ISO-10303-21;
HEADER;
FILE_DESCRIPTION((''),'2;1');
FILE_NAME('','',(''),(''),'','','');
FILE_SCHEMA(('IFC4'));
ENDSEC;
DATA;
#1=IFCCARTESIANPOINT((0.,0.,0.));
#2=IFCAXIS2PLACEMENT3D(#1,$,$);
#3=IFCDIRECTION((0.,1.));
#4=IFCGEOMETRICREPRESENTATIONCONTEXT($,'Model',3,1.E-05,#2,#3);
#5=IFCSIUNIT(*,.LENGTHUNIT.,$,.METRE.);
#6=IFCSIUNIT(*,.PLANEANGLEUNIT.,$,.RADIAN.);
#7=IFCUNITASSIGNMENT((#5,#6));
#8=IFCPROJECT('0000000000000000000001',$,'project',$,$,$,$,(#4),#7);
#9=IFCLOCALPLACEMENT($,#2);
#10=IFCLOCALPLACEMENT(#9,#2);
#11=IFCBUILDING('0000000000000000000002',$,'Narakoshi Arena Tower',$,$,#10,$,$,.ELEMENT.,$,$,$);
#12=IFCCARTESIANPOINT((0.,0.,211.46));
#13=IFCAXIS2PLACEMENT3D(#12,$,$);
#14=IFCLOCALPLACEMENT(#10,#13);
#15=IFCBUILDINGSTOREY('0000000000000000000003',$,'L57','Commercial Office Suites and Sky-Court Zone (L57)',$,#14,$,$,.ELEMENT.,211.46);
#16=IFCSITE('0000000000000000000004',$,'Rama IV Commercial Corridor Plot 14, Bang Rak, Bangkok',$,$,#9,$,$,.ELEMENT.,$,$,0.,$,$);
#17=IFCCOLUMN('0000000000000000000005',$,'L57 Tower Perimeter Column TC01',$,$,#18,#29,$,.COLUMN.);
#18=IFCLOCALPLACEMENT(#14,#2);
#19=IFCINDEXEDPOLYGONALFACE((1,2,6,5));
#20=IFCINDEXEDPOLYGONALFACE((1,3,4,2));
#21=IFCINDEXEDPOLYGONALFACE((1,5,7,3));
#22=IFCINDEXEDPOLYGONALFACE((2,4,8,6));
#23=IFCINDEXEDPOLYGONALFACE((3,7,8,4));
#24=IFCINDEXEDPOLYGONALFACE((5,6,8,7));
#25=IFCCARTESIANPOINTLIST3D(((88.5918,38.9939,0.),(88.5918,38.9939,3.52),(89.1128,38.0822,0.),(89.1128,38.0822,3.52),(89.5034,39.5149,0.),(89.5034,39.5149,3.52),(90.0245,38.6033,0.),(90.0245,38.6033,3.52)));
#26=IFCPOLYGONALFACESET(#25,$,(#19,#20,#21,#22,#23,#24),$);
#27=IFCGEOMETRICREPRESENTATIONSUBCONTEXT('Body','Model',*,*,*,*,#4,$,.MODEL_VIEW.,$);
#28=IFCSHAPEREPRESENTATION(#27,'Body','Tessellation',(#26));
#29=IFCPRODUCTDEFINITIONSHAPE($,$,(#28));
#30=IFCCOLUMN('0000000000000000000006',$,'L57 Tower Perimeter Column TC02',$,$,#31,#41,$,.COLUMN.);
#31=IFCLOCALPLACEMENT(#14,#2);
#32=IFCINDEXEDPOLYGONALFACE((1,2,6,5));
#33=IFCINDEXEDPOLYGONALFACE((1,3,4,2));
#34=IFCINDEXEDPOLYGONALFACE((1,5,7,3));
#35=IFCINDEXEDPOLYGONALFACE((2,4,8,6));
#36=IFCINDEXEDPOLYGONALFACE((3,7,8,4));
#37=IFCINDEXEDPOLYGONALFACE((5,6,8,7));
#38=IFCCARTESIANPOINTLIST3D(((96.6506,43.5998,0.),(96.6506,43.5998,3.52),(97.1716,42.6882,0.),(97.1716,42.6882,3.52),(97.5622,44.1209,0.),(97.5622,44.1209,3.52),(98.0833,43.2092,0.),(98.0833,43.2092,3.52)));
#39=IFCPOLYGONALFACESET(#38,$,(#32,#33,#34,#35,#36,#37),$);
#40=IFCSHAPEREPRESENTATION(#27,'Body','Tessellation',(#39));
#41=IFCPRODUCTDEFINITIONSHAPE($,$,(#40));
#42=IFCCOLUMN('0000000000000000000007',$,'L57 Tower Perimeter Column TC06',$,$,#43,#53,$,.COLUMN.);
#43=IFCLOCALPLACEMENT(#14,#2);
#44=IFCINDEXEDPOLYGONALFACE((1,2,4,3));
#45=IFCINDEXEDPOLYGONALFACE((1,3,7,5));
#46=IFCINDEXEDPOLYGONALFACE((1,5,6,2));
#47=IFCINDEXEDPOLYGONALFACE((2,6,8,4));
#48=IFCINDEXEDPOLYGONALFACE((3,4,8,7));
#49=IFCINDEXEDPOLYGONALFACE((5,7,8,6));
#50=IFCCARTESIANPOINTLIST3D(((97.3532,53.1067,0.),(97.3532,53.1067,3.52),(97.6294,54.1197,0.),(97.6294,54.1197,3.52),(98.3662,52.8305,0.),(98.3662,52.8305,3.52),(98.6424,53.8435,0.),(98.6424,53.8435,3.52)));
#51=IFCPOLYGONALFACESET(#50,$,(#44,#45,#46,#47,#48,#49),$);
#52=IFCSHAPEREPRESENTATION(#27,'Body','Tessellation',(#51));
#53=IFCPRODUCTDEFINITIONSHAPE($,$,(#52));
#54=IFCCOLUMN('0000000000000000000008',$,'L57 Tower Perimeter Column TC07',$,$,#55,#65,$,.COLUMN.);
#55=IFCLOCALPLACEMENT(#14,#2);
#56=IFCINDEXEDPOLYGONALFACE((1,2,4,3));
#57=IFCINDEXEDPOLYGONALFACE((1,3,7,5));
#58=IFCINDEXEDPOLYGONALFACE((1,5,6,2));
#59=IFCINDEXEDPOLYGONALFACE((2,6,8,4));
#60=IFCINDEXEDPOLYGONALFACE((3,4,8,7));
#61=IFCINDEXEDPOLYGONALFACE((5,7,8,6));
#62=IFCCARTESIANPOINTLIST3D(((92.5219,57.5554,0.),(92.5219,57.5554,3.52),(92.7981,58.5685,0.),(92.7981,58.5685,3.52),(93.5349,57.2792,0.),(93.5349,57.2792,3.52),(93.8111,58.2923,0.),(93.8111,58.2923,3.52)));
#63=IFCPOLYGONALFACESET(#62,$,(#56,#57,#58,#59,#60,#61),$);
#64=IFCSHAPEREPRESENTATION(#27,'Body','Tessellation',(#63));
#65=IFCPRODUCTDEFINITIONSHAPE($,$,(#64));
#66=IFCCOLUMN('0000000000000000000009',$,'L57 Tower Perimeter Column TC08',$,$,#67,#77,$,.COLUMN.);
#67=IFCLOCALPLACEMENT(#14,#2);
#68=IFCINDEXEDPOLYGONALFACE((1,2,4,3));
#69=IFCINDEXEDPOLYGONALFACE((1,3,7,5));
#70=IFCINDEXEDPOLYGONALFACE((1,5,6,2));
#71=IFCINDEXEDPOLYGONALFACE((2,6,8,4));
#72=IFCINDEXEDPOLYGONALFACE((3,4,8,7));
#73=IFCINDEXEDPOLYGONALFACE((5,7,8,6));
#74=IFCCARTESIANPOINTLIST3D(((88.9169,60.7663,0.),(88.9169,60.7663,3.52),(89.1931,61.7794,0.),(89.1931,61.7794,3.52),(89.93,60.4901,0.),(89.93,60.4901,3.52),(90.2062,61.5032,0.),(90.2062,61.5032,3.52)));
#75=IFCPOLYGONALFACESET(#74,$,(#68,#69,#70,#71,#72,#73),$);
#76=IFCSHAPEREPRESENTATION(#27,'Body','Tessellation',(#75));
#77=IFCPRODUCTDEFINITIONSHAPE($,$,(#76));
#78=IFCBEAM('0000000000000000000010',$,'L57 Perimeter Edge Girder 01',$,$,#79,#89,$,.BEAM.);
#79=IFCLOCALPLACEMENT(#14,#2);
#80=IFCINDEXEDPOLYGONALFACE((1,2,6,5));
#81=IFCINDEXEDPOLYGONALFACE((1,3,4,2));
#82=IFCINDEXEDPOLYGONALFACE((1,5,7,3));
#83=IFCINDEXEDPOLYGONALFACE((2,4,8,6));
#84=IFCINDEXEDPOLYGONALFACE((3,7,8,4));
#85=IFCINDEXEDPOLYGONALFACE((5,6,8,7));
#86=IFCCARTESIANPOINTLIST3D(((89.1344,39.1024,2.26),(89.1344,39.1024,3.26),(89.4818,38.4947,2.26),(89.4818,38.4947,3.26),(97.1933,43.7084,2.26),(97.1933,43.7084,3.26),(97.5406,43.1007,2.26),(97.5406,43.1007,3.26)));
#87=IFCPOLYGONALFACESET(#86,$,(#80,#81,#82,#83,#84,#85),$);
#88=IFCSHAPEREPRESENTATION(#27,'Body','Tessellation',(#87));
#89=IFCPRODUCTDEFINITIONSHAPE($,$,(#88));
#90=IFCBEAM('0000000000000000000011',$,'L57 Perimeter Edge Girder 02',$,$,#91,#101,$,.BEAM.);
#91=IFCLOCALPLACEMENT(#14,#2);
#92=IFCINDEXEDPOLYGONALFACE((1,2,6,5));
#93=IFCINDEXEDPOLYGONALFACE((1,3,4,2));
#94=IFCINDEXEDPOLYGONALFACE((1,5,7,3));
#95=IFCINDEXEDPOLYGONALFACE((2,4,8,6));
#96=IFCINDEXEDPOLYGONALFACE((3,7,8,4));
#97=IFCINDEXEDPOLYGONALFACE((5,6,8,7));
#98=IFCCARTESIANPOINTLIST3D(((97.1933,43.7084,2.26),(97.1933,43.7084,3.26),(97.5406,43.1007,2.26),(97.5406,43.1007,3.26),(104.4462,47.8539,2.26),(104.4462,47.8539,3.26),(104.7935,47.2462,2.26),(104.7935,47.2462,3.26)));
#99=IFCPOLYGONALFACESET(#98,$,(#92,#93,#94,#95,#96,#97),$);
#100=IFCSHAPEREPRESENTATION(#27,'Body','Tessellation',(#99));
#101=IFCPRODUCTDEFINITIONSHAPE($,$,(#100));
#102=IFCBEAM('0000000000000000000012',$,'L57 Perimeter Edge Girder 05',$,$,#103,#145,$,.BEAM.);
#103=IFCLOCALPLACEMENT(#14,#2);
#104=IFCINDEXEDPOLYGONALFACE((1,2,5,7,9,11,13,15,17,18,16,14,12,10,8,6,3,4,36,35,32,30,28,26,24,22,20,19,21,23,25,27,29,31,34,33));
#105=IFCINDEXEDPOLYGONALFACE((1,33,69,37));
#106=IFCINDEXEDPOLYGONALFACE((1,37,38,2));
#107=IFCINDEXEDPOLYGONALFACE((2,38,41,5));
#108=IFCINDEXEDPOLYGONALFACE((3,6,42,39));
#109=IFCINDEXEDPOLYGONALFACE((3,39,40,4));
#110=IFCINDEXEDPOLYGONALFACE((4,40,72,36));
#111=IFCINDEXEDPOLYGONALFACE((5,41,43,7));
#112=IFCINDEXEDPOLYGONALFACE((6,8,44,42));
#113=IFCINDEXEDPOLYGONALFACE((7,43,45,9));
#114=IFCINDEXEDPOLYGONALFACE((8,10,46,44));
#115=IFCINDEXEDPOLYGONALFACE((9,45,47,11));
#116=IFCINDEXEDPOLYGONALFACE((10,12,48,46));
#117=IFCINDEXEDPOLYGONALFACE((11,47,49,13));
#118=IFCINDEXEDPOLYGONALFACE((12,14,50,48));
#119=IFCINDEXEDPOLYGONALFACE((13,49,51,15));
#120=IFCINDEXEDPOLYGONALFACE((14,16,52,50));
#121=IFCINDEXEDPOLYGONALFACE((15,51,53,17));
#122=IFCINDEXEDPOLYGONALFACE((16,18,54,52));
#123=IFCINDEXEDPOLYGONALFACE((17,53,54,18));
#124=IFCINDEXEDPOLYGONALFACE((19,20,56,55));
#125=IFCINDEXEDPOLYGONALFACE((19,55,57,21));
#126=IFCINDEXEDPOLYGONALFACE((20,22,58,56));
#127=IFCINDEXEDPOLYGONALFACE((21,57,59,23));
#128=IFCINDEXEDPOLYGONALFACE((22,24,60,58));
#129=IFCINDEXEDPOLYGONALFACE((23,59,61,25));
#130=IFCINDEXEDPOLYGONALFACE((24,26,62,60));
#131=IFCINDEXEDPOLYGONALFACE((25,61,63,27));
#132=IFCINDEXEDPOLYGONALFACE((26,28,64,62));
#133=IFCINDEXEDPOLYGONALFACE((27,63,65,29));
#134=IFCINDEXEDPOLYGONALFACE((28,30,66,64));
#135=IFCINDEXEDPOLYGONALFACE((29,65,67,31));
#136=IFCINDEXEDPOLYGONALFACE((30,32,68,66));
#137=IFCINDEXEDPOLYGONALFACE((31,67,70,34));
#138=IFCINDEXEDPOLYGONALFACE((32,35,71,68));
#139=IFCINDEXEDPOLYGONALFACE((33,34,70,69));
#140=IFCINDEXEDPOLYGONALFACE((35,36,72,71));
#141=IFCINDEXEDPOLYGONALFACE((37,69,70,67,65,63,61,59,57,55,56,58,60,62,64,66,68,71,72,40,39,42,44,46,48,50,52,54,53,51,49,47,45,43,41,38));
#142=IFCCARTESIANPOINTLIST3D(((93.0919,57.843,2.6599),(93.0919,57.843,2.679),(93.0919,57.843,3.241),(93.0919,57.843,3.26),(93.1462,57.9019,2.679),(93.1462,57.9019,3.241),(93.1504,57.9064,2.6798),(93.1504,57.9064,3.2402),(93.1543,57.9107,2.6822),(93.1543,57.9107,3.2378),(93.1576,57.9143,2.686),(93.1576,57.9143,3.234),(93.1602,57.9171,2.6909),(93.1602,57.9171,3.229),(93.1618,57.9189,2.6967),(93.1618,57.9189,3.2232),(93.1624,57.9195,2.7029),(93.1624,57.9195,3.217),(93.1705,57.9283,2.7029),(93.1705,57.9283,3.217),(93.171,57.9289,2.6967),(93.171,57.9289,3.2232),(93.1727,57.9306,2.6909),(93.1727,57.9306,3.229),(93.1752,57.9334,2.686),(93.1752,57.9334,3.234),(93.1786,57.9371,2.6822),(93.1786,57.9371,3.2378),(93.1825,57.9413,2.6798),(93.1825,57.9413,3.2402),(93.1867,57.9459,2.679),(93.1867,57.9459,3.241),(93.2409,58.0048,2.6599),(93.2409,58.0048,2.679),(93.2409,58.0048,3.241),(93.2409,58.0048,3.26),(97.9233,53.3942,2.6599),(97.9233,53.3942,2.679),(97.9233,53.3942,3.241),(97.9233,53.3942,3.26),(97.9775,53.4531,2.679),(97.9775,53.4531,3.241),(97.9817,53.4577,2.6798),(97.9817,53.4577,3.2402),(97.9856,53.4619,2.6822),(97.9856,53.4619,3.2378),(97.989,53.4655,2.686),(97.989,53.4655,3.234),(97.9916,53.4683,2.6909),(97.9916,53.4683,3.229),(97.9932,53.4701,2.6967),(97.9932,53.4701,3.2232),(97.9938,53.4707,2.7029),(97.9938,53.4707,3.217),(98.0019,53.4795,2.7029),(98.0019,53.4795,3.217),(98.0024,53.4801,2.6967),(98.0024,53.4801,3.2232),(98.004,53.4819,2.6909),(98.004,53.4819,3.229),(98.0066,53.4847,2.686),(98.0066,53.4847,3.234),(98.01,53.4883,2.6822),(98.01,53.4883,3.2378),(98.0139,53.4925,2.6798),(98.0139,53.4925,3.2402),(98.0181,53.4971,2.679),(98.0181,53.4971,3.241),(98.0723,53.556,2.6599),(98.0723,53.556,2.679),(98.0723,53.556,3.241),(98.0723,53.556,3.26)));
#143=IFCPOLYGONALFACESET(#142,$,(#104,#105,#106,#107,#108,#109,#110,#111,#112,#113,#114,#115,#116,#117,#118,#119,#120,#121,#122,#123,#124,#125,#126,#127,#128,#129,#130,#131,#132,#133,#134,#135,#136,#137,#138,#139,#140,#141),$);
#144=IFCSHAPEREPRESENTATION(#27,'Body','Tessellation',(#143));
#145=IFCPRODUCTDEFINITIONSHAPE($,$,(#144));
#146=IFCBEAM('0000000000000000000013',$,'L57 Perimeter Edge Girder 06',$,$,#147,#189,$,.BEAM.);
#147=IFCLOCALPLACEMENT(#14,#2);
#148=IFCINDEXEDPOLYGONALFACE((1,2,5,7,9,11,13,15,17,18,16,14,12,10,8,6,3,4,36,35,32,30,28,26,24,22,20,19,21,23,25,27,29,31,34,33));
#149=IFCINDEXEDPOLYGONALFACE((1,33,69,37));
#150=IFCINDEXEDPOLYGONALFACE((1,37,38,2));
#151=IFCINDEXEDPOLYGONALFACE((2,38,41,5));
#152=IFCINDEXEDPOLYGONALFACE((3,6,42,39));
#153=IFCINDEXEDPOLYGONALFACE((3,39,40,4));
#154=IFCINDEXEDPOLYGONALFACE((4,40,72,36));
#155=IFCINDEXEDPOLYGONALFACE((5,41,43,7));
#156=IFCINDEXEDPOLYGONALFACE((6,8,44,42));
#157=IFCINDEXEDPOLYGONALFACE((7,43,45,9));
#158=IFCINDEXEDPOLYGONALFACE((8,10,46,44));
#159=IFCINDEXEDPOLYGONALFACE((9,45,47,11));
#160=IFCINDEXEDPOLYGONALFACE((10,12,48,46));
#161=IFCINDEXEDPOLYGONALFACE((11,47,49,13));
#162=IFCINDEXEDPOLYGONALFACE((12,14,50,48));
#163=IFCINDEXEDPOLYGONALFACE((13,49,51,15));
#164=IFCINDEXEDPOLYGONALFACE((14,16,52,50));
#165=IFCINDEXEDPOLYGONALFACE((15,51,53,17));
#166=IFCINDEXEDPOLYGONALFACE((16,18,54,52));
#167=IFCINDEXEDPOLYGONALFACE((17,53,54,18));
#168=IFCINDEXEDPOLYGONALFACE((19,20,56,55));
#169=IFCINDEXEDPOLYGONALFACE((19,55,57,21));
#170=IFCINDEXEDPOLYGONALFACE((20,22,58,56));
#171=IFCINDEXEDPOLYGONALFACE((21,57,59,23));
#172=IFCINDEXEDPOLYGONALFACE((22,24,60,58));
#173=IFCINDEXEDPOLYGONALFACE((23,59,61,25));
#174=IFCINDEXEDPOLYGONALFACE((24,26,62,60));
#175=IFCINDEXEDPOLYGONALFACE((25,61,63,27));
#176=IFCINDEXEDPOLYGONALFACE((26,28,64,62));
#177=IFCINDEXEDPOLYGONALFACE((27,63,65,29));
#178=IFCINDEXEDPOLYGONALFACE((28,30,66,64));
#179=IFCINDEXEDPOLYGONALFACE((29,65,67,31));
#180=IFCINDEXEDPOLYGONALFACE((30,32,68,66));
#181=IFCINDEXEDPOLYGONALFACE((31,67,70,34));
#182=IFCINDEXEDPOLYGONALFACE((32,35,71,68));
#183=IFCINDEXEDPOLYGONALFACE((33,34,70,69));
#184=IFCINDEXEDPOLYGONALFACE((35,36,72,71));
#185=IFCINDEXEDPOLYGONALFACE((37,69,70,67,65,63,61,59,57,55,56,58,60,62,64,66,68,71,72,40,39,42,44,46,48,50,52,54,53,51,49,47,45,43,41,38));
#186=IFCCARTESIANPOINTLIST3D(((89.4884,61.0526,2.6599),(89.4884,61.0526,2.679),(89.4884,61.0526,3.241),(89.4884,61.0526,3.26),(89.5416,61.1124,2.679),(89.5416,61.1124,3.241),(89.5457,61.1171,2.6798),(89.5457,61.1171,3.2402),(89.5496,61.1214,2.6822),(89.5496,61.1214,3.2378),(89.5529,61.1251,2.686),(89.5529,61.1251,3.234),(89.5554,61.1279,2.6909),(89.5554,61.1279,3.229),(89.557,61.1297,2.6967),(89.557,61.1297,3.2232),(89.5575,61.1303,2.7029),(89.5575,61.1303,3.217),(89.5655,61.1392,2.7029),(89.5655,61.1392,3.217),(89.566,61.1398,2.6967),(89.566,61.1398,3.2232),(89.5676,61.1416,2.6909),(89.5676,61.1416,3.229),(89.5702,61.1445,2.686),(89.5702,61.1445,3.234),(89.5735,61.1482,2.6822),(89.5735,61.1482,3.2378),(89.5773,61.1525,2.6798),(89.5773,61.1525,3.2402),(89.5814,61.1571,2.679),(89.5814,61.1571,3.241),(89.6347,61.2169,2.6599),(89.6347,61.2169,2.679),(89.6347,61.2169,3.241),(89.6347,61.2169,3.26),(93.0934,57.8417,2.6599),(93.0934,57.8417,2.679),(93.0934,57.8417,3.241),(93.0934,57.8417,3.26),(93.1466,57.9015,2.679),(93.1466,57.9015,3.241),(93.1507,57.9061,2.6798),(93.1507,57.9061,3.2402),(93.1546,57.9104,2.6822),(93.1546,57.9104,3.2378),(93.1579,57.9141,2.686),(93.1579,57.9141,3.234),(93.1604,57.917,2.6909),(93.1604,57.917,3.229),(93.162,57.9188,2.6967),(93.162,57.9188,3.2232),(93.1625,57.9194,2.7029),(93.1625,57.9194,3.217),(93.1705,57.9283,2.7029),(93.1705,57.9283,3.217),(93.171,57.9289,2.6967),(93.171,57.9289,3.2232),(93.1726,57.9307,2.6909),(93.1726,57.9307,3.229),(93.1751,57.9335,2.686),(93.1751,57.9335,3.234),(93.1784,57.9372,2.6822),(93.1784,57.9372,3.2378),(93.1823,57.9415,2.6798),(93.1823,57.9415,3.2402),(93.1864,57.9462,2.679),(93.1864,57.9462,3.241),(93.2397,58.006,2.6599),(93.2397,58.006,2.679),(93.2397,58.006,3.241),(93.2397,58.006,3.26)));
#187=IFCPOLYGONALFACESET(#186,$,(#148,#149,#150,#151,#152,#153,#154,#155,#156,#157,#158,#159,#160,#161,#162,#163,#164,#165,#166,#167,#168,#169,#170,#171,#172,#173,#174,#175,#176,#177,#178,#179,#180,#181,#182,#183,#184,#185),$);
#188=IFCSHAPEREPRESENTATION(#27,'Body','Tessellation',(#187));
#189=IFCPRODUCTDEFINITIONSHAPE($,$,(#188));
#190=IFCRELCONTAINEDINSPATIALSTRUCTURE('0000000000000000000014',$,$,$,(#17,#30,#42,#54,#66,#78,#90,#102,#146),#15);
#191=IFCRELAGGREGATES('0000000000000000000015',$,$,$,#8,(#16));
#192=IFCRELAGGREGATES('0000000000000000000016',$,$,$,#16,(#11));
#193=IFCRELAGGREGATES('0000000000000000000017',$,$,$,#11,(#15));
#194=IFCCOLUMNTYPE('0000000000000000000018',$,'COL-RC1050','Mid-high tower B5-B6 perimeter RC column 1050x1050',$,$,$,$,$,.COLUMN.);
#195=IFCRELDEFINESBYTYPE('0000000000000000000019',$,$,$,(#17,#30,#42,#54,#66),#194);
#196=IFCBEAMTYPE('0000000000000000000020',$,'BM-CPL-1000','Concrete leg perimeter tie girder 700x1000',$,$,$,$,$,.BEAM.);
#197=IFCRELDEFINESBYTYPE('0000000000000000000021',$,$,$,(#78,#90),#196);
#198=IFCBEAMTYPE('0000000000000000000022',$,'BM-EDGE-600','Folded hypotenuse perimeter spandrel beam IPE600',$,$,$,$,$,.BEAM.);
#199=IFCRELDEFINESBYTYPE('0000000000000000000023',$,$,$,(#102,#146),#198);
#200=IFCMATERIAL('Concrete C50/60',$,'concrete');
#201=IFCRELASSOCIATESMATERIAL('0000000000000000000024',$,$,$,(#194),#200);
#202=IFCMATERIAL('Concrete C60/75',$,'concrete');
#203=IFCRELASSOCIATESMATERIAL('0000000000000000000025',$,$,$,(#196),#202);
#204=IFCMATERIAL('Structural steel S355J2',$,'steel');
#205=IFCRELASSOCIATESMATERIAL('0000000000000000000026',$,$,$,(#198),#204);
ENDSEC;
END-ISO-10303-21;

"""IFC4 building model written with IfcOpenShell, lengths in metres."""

from ifc_helpers import new_model, si_unit, direction, frame, origin, origin_2d, place, context, subcontext, project, spatial, rectangle, i_section, extrude, material, material_profile, profile_set, type_object, element, save


model = new_model("IFC4")

# Units and contexts
model_context = context("Model", 3, precision=1e-05, world=origin(), true_north=direction((0.0, 1.0)))
body_context = subcontext(model_context, "Body", "Model", "MODEL_VIEW")
ifc_project = project(units=[si_unit("LENGTHUNIT", "METRE"), si_unit("PLANEANGLEUNIT", "RADIAN")], contexts=[model_context])

# Site, building, storey
site_placement = place(None, origin())
site = spatial("IfcSite", under=ifc_project, at=site_placement, Name="Rama IV Commercial Corridor Plot 14, Bang Rak, Bangkok", CompositionType="ELEMENT", RefElevation=0.0)
building_placement = place(site_placement, origin())
building = spatial("IfcBuilding", under=site, at=building_placement, Name="Narakoshi Arena Tower", CompositionType="ELEMENT")
storey_placement = place(building_placement, frame((0.0, 0.0, 211.46)))
storey = spatial("IfcBuildingStorey", under=building, at=storey_placement, Name="L57", Description="Commercial Office Suites and Sky-Court Zone (L57)", CompositionType="ELEMENT", Elevation=211.46)

# Columns
ifc_material_1 = material(Name="Concrete C50/60", Category="concrete")
ifc_material_profile_1 = material_profile(ifc_material_1, rectangle(XDim=1.05, YDim=1.05, at=origin_2d()), Name="RC1050x1050")
ifc_profile_set_1 = profile_set([ifc_material_profile_1], Name="Concrete C50/60")
column_type = type_object("IfcColumnType", Name="COL-RC1050", Description="Mid-high tower B5-B6 perimeter RC column 1050x1050", PredefinedType="COLUMN", material=ifc_profile_set_1)
for number, where, z_axis, x_axis, name in (
    (1, (89.3081, 38.7986, 0.0), (0.0, 0.0, 1.0), (0.868199, 0.496217, 0.0), "L57 Tower Perimeter Column TC01"),
    (2, (97.3669, 43.4045, 0.0), (0.0, 0.0, 1.0), (0.868199, 0.496217, 0.0), "L57 Tower Perimeter Column TC02"),
    (3, (97.9978, 53.4751, 0.0), (0.0, 0.0, 1.0), (0.263031, 0.964787, 0.0), "L57 Tower Perimeter Column TC06"),
    (4, (93.1665, 57.9238, 0.0), (0.0, 0.0, 1.0), (0.263031, 0.964787, 0.0), "L57 Tower Perimeter Column TC07"),
    (5, (89.5615, 61.1348, 0.0), (0.0, 0.0, 1.0), (0.263031, 0.964787, 0.0), "L57 Tower Perimeter Column TC08"),
):
    element("IfcColumn", number, at=place(storey_placement, frame(where, z_axis=z_axis, x_axis=x_axis)), inside=storey, type_object=column_type, Name=name, PredefinedType="COLUMN", context=body_context, shape_type="SweptSolid", body=[
        extrude(rectangle(XDim=1.05, YDim=1.05, at=origin_2d()), origin(), (0.0, 0.0, 1.0), 3.52),
    ])

# Beams
ifc_material_2 = material(Name="Concrete C60/75", Category="concrete")
ifc_material_profile_2 = material_profile(ifc_material_2, rectangle(XDim=0.7, YDim=1.0, at=origin_2d()), Name="RCB700x1000")
ifc_profile_set_2 = profile_set([ifc_material_profile_2], Name="Concrete C60/75")
beam_type_1 = type_object("IfcBeamType", Name="BM-CPL-1000", Description="Concrete leg perimeter tie girder 700x1000", PredefinedType="BEAM", material=ifc_profile_set_2)
beam_1_placement = place(storey_placement, frame((89.3081, 38.7986, 2.76), z_axis=(0.868201, 0.496213, 0.0), x_axis=(-0.496213, 0.868201, 0.0)))
element("IfcBeam", 6, at=beam_1_placement, inside=storey, type_object=beam_type_1, Name="L57 Perimeter Edge Girder 01", PredefinedType="BEAM", context=body_context, shape_type="SweptSolid", body=[
    extrude(rectangle(XDim=0.7, YDim=1.0, at=origin_2d()), origin(), (0.0, 0.0, 1.0), 9.2822),
])
beam_2_placement = place(storey_placement, frame((97.3669, 43.4045, 2.76), z_axis=(0.868193, 0.496227, 0.0), x_axis=(-0.496227, 0.868193, 0.0)))
element("IfcBeam", 7, at=beam_2_placement, inside=storey, type_object=beam_type_1, Name="L57 Perimeter Edge Girder 02", PredefinedType="BEAM", context=body_context, shape_type="SweptSolid", body=[
    extrude(rectangle(XDim=0.7, YDim=1.0, at=origin_2d()), origin(), (0.0, 0.0, 1.0), 8.354),
])
ifc_material_3 = material(Name="Structural steel S355J2", Category="steel")
ifc_material_profile_3 = material_profile(ifc_material_3, i_section(OverallWidth=0.22, OverallDepth=0.6001, WebThickness=0.012, FlangeThickness=0.019, FilletRadius=0.0239, at=origin_2d()), Name="IPE600")
ifc_profile_set_3 = profile_set([ifc_material_profile_3], Name="Structural steel S355J2")
beam_type_2 = type_object("IfcBeamType", Name="BM-EDGE-600", Description="Folded hypotenuse perimeter spandrel beam IPE600", PredefinedType="BEAM", material=ifc_profile_set_3)
beam_3_placement = place(storey_placement, frame((97.9978, 53.4751, 2.96), z_axis=(-0.735632, 0.677381, 0.0), x_axis=(-0.677381, -0.735632, 0.0)))
element("IfcBeam", 8, at=beam_3_placement, inside=storey, type_object=beam_type_2, Name="L57 Perimeter Edge Girder 05", PredefinedType="BEAM", context=body_context, shape_type="SweptSolid", body=[
    extrude(i_section(OverallWidth=0.22, OverallDepth=0.6001, WebThickness=0.012, FlangeThickness=0.019, FilletRadius=0.0239, at=origin_2d()), origin(), (0.0, 0.0, 1.0), 6.5676),
])
beam_4_placement = place(storey_placement, frame((93.1665, 57.9238, 2.96), z_axis=(-0.746739, 0.665117, 0.0), x_axis=(-0.665117, -0.746739, 0.0)))
element("IfcBeam", 9, at=beam_4_placement, inside=storey, type_object=beam_type_2, Name="L57 Perimeter Edge Girder 06", PredefinedType="BEAM", context=body_context, shape_type="SweptSolid", body=[
    extrude(i_section(OverallWidth=0.22, OverallDepth=0.6001, WebThickness=0.012, FlangeThickness=0.019, FilletRadius=0.0239, at=origin_2d()), origin(), (0.0, 0.0, 1.0), 4.8276),
])

save(model, "model.ifc")
